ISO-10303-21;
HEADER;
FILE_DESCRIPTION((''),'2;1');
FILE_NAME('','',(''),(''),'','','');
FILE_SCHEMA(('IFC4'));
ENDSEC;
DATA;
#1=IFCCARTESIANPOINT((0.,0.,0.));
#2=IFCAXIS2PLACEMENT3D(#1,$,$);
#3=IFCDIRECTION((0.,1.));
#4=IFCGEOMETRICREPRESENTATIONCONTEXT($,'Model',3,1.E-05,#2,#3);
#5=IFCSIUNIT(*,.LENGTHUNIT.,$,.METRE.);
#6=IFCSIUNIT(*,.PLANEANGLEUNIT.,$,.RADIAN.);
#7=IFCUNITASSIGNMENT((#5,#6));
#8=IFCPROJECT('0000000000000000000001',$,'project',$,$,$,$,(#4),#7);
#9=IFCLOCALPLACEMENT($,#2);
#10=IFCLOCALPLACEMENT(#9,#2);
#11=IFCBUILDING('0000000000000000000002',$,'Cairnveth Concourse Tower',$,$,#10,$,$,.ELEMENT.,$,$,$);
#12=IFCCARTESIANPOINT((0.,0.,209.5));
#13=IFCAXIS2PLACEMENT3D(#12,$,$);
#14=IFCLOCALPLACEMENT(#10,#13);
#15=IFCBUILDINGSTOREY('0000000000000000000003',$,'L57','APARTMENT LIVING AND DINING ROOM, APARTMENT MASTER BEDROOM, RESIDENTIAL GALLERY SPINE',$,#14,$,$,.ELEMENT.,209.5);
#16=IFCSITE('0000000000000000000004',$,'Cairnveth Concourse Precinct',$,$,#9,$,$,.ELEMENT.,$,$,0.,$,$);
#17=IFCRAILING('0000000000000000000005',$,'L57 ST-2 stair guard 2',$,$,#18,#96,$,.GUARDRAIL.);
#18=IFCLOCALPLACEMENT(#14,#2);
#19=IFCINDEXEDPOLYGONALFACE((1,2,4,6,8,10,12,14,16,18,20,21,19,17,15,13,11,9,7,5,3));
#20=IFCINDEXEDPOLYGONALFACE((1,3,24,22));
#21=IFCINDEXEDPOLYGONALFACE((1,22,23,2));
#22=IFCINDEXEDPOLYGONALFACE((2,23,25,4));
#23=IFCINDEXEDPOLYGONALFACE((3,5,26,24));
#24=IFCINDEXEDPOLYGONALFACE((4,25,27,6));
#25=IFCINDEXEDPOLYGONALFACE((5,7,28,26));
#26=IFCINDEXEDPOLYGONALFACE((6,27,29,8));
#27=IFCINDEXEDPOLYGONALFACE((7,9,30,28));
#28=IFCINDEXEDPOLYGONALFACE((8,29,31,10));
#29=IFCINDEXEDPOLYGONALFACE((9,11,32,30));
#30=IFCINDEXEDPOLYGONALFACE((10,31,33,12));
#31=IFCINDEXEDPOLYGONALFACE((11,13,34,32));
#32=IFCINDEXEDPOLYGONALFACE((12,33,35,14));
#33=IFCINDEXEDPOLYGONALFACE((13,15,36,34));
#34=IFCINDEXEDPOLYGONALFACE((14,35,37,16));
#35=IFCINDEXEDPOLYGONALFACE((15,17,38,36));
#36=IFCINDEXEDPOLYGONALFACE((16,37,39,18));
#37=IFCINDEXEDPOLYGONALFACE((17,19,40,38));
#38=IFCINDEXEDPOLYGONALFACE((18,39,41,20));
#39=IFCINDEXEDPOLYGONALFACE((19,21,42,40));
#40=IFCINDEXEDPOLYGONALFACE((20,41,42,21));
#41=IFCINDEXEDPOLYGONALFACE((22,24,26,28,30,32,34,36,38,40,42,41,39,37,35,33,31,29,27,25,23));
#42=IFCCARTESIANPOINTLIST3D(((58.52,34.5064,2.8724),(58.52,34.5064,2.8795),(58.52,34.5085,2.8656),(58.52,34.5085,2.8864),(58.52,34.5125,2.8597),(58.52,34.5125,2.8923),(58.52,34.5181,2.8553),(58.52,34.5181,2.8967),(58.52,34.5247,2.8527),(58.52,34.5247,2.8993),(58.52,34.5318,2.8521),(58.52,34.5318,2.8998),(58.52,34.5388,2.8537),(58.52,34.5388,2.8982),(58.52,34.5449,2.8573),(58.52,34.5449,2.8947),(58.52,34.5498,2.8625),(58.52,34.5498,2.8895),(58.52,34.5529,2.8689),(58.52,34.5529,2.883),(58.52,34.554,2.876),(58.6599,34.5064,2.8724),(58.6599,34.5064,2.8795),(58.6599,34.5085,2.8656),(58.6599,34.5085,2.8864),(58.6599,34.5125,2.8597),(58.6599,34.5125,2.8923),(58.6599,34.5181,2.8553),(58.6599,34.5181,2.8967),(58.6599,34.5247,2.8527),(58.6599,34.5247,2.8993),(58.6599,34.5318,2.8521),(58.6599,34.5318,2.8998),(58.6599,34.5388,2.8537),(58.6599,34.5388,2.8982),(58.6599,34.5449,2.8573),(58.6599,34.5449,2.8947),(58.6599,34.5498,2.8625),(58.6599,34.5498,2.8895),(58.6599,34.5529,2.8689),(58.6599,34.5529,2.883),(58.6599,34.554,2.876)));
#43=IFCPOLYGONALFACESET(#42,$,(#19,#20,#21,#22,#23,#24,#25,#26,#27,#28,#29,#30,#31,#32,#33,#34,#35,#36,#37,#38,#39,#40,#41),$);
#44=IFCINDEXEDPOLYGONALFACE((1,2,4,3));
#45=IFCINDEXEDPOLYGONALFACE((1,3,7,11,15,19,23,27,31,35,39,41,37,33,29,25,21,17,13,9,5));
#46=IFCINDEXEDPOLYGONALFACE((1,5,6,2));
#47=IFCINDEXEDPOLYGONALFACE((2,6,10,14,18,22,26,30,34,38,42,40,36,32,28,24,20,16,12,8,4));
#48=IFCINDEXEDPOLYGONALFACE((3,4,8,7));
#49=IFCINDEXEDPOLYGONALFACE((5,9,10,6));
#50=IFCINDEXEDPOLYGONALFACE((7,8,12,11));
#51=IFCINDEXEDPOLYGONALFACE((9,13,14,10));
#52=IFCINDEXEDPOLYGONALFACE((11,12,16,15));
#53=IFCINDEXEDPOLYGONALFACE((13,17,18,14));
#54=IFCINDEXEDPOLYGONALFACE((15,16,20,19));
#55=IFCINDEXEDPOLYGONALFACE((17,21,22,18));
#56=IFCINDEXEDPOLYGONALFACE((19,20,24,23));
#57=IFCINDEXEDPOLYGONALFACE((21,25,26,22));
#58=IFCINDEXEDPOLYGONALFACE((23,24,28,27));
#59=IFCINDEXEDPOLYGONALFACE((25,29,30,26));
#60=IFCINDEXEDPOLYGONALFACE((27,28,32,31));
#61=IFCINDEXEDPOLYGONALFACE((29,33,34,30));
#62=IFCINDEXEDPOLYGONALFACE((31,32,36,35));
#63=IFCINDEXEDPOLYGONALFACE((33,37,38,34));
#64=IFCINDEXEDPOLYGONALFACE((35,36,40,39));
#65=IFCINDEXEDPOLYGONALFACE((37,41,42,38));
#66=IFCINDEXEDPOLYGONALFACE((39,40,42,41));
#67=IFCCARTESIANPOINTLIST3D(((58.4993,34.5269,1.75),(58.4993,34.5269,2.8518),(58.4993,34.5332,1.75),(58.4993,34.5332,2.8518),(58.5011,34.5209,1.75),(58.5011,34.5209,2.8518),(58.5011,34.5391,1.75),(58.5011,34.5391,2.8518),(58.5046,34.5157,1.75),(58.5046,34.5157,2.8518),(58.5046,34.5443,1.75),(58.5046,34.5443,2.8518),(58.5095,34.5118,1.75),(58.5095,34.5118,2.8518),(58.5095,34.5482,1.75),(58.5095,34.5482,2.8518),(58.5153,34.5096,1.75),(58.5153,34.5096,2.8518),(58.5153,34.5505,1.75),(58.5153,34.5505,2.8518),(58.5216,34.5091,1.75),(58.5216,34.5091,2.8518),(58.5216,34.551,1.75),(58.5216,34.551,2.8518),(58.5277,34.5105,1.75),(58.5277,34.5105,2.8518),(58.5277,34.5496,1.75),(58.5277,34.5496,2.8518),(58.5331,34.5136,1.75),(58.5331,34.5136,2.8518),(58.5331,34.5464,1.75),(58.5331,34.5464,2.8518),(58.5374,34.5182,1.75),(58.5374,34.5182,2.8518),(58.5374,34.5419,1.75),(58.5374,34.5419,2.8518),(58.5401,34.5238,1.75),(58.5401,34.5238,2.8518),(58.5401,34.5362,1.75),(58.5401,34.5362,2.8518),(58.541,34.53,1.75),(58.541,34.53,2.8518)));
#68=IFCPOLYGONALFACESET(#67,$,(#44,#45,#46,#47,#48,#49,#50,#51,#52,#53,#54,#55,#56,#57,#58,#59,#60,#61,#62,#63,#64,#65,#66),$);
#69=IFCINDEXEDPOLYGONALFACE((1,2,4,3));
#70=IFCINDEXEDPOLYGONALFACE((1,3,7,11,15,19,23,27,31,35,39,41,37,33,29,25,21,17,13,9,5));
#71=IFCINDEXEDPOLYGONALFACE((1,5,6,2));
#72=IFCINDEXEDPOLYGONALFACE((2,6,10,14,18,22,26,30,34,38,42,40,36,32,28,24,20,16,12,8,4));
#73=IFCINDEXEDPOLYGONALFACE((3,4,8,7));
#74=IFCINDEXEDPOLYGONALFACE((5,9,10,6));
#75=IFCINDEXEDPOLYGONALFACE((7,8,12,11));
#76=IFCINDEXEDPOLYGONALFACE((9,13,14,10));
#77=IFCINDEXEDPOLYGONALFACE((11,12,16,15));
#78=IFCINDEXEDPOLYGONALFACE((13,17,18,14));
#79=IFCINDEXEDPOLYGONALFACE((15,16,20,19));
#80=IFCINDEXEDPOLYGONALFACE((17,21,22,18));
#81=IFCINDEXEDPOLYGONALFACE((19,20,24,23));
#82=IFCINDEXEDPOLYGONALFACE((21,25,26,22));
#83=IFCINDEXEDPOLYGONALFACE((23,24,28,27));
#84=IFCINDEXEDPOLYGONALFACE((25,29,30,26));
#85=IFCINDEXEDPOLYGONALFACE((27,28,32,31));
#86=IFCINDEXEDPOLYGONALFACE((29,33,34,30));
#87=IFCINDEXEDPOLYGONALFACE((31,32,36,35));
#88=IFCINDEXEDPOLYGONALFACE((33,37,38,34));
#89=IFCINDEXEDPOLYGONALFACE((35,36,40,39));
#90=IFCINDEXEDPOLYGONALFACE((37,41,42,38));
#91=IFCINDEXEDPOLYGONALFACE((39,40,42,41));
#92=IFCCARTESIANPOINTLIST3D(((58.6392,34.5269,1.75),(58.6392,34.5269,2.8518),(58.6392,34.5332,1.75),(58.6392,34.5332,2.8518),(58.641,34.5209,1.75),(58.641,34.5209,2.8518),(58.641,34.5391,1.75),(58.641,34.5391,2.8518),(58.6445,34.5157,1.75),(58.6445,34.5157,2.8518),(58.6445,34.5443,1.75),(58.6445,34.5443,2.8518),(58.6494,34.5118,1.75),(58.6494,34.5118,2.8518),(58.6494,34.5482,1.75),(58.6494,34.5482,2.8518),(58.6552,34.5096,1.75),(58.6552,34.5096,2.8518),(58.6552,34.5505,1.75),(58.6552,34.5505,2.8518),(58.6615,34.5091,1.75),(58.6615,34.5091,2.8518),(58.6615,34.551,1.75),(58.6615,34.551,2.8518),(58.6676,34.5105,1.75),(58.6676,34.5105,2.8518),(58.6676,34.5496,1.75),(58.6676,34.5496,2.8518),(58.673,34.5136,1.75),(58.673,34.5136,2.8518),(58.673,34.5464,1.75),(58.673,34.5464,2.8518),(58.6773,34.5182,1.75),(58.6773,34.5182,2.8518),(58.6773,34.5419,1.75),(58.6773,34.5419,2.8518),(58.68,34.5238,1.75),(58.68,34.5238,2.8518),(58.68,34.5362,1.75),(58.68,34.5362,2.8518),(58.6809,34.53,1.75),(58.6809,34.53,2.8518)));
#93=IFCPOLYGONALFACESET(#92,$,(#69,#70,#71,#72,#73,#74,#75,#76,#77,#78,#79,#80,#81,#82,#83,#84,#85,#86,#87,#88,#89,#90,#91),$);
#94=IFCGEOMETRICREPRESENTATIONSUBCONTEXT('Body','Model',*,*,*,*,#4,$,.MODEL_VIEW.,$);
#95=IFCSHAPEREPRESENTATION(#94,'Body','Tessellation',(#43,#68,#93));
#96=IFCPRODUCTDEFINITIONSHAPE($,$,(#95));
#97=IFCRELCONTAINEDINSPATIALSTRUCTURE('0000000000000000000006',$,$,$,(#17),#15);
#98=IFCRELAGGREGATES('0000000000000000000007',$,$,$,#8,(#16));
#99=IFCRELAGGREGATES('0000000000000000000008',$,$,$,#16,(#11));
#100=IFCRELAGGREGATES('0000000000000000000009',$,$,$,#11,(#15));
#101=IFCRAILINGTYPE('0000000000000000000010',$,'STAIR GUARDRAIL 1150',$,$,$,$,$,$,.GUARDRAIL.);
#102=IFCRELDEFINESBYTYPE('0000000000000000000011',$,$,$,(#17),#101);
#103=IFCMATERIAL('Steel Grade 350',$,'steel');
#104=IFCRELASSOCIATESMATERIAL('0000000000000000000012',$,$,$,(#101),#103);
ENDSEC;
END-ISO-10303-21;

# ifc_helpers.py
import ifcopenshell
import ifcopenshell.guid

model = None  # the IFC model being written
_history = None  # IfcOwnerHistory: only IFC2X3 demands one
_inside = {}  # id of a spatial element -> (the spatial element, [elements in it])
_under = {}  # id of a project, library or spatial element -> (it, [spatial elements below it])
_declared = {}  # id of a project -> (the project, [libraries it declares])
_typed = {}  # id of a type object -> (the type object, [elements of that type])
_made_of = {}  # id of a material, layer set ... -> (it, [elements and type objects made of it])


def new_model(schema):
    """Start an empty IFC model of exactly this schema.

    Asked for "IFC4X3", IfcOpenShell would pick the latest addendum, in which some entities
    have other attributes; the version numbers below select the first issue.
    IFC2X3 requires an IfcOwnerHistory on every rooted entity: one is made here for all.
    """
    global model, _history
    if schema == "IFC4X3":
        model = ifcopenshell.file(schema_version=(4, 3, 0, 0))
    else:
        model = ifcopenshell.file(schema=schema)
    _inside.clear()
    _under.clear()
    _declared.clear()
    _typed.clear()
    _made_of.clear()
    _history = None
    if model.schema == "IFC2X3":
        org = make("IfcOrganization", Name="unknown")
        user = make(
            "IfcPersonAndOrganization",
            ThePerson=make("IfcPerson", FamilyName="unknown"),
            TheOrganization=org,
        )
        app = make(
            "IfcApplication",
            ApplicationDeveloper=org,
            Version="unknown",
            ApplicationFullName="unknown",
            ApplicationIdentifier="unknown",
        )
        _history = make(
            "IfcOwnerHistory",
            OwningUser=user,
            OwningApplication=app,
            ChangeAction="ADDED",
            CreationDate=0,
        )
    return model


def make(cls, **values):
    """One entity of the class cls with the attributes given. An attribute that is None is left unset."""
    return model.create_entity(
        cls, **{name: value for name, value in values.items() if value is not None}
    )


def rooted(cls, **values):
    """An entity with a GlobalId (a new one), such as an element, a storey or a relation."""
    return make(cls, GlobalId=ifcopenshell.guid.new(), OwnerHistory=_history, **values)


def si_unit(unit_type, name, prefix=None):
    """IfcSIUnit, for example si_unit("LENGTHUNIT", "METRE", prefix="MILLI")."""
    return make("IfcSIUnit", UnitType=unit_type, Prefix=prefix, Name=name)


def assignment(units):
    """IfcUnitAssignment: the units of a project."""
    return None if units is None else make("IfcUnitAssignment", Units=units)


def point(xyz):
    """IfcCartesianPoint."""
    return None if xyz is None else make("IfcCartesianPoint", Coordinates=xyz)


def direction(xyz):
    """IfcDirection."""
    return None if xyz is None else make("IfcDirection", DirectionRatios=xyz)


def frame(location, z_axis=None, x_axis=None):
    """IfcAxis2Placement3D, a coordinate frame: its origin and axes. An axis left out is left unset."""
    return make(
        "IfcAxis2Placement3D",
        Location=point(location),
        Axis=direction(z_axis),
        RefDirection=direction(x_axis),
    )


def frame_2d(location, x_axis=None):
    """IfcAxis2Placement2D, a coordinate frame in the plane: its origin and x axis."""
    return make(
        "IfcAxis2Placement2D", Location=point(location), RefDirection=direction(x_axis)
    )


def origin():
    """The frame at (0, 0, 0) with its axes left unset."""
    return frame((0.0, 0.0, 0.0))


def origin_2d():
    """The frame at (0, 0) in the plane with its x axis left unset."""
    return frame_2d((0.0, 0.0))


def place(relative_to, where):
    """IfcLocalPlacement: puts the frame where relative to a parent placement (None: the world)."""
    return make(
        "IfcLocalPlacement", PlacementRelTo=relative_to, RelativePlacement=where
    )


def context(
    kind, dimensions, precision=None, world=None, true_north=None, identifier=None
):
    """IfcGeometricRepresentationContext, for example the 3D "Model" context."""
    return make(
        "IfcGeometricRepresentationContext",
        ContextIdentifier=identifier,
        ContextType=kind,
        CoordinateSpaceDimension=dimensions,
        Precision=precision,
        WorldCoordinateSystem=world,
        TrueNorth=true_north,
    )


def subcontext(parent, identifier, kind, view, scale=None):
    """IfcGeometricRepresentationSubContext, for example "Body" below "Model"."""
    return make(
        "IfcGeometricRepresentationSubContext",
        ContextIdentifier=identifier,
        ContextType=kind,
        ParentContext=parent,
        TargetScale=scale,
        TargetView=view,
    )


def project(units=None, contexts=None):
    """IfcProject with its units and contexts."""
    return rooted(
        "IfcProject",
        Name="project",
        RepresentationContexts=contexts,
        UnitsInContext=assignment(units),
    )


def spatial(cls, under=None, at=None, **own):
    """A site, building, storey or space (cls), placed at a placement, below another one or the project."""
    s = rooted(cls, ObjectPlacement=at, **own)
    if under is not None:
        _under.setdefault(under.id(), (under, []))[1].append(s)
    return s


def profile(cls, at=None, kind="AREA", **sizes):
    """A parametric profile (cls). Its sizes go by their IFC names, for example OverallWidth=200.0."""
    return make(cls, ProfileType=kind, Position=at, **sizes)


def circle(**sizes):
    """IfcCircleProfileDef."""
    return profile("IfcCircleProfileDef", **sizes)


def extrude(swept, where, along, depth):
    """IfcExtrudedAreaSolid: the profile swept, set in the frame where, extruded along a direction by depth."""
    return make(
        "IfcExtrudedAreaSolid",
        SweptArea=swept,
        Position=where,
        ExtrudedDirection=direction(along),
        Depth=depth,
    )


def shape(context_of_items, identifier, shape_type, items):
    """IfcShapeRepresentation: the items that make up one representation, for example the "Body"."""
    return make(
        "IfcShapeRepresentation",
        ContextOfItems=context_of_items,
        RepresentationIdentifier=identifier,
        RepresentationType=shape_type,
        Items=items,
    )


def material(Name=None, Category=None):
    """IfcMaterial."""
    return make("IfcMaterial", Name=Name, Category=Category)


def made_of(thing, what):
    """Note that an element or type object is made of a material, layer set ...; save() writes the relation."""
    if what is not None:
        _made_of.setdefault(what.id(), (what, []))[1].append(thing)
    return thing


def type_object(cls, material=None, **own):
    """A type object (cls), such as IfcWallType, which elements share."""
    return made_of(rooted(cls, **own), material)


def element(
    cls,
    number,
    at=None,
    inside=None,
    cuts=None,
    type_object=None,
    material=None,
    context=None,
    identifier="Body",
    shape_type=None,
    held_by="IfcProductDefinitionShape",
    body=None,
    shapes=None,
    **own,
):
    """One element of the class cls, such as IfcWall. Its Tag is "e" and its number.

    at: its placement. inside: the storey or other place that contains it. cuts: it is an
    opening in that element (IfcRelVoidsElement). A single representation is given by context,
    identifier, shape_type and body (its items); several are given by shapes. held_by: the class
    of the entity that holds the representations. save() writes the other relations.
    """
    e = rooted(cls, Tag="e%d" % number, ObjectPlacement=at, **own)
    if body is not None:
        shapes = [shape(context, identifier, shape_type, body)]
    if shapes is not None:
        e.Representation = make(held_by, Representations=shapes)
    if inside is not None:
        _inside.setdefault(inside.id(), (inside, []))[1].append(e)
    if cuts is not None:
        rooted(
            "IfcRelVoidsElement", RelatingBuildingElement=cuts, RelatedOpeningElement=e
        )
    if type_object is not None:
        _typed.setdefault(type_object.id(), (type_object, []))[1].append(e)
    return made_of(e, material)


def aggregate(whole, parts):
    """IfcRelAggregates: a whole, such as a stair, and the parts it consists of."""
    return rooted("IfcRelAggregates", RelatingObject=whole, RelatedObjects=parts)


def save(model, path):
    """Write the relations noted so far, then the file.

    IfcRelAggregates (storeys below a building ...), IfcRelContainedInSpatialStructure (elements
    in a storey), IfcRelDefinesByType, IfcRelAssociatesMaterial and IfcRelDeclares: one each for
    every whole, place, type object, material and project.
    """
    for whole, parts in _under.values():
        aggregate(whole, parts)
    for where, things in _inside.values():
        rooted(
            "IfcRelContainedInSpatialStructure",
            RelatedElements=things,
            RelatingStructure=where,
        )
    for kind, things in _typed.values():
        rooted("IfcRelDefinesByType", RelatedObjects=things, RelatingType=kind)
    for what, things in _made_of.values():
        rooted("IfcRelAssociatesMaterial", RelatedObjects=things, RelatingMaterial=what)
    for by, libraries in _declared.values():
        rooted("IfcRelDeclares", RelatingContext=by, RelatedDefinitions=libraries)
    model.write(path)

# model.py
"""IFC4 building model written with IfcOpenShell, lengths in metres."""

from ifc_helpers import new_model, si_unit, direction, frame, origin, origin_2d, place, context, subcontext, project, spatial, circle, extrude, material, type_object, element, save


model = new_model("IFC4")

# Units and contexts
model_context = context("Model", 3, precision=1e-05, world=origin(), true_north=direction((0.0, 1.0)))
body_context = subcontext(model_context, "Body", "Model", "MODEL_VIEW")
ifc_project = project(units=[si_unit("LENGTHUNIT", "METRE"), si_unit("PLANEANGLEUNIT", "RADIAN")], contexts=[model_context])

# Site, building, storey
site_placement = place(None, origin())
site = spatial("IfcSite", under=ifc_project, at=site_placement, Name="Cairnveth Concourse Precinct", CompositionType="ELEMENT", RefElevation=0.0)
building_placement = place(site_placement, origin())
building = spatial("IfcBuilding", under=site, at=building_placement, Name="Cairnveth Concourse Tower", CompositionType="ELEMENT")
storey_placement = place(building_placement, frame((0.0, 0.0, 209.5)))
storey = spatial("IfcBuildingStorey", under=building, at=storey_placement, Name="L57", Description="APARTMENT LIVING AND DINING ROOM, APARTMENT MASTER BEDROOM, RESIDENTIAL GALLERY SPINE", CompositionType="ELEMENT", Elevation=209.5)

# Shared definitions
ifc_material_1 = material(Name="Steel Grade 350", Category="steel")

# Railing
railing_type_1 = type_object("IfcRailingType", Name="STAIR GUARDRAIL 1150", PredefinedType="GUARDRAIL", material=ifc_material_1)
railing_1_placement = place(storey_placement, frame((58.52, 34.53, 1.75)))
element("IfcRailing", 1, at=railing_1_placement, inside=storey, type_object=railing_type_1, Name="L57 ST-2 stair guard 2", PredefinedType="GUARDRAIL", context=body_context, shape_type="SweptSolid", body=[
    extrude(circle(Radius=0.0239, at=origin_2d()), frame((0.0, 0.0, 1.126), z_axis=(1.0, 0.0, 0.0), x_axis=(0.0, 1.0, 0.0)), (0.0, 0.0, 1.0), 0.1399),
    extrude(circle(Radius=0.021, at=origin_2d()), origin(), (0.0, 0.0, 1.0), 1.1018),
    extrude(circle(Radius=0.021, at=origin_2d()), frame((0.1399, 0.0, 0.0)), (0.0, 0.0, 1.0), 1.1018),
])

save(model, "model.ifc")
